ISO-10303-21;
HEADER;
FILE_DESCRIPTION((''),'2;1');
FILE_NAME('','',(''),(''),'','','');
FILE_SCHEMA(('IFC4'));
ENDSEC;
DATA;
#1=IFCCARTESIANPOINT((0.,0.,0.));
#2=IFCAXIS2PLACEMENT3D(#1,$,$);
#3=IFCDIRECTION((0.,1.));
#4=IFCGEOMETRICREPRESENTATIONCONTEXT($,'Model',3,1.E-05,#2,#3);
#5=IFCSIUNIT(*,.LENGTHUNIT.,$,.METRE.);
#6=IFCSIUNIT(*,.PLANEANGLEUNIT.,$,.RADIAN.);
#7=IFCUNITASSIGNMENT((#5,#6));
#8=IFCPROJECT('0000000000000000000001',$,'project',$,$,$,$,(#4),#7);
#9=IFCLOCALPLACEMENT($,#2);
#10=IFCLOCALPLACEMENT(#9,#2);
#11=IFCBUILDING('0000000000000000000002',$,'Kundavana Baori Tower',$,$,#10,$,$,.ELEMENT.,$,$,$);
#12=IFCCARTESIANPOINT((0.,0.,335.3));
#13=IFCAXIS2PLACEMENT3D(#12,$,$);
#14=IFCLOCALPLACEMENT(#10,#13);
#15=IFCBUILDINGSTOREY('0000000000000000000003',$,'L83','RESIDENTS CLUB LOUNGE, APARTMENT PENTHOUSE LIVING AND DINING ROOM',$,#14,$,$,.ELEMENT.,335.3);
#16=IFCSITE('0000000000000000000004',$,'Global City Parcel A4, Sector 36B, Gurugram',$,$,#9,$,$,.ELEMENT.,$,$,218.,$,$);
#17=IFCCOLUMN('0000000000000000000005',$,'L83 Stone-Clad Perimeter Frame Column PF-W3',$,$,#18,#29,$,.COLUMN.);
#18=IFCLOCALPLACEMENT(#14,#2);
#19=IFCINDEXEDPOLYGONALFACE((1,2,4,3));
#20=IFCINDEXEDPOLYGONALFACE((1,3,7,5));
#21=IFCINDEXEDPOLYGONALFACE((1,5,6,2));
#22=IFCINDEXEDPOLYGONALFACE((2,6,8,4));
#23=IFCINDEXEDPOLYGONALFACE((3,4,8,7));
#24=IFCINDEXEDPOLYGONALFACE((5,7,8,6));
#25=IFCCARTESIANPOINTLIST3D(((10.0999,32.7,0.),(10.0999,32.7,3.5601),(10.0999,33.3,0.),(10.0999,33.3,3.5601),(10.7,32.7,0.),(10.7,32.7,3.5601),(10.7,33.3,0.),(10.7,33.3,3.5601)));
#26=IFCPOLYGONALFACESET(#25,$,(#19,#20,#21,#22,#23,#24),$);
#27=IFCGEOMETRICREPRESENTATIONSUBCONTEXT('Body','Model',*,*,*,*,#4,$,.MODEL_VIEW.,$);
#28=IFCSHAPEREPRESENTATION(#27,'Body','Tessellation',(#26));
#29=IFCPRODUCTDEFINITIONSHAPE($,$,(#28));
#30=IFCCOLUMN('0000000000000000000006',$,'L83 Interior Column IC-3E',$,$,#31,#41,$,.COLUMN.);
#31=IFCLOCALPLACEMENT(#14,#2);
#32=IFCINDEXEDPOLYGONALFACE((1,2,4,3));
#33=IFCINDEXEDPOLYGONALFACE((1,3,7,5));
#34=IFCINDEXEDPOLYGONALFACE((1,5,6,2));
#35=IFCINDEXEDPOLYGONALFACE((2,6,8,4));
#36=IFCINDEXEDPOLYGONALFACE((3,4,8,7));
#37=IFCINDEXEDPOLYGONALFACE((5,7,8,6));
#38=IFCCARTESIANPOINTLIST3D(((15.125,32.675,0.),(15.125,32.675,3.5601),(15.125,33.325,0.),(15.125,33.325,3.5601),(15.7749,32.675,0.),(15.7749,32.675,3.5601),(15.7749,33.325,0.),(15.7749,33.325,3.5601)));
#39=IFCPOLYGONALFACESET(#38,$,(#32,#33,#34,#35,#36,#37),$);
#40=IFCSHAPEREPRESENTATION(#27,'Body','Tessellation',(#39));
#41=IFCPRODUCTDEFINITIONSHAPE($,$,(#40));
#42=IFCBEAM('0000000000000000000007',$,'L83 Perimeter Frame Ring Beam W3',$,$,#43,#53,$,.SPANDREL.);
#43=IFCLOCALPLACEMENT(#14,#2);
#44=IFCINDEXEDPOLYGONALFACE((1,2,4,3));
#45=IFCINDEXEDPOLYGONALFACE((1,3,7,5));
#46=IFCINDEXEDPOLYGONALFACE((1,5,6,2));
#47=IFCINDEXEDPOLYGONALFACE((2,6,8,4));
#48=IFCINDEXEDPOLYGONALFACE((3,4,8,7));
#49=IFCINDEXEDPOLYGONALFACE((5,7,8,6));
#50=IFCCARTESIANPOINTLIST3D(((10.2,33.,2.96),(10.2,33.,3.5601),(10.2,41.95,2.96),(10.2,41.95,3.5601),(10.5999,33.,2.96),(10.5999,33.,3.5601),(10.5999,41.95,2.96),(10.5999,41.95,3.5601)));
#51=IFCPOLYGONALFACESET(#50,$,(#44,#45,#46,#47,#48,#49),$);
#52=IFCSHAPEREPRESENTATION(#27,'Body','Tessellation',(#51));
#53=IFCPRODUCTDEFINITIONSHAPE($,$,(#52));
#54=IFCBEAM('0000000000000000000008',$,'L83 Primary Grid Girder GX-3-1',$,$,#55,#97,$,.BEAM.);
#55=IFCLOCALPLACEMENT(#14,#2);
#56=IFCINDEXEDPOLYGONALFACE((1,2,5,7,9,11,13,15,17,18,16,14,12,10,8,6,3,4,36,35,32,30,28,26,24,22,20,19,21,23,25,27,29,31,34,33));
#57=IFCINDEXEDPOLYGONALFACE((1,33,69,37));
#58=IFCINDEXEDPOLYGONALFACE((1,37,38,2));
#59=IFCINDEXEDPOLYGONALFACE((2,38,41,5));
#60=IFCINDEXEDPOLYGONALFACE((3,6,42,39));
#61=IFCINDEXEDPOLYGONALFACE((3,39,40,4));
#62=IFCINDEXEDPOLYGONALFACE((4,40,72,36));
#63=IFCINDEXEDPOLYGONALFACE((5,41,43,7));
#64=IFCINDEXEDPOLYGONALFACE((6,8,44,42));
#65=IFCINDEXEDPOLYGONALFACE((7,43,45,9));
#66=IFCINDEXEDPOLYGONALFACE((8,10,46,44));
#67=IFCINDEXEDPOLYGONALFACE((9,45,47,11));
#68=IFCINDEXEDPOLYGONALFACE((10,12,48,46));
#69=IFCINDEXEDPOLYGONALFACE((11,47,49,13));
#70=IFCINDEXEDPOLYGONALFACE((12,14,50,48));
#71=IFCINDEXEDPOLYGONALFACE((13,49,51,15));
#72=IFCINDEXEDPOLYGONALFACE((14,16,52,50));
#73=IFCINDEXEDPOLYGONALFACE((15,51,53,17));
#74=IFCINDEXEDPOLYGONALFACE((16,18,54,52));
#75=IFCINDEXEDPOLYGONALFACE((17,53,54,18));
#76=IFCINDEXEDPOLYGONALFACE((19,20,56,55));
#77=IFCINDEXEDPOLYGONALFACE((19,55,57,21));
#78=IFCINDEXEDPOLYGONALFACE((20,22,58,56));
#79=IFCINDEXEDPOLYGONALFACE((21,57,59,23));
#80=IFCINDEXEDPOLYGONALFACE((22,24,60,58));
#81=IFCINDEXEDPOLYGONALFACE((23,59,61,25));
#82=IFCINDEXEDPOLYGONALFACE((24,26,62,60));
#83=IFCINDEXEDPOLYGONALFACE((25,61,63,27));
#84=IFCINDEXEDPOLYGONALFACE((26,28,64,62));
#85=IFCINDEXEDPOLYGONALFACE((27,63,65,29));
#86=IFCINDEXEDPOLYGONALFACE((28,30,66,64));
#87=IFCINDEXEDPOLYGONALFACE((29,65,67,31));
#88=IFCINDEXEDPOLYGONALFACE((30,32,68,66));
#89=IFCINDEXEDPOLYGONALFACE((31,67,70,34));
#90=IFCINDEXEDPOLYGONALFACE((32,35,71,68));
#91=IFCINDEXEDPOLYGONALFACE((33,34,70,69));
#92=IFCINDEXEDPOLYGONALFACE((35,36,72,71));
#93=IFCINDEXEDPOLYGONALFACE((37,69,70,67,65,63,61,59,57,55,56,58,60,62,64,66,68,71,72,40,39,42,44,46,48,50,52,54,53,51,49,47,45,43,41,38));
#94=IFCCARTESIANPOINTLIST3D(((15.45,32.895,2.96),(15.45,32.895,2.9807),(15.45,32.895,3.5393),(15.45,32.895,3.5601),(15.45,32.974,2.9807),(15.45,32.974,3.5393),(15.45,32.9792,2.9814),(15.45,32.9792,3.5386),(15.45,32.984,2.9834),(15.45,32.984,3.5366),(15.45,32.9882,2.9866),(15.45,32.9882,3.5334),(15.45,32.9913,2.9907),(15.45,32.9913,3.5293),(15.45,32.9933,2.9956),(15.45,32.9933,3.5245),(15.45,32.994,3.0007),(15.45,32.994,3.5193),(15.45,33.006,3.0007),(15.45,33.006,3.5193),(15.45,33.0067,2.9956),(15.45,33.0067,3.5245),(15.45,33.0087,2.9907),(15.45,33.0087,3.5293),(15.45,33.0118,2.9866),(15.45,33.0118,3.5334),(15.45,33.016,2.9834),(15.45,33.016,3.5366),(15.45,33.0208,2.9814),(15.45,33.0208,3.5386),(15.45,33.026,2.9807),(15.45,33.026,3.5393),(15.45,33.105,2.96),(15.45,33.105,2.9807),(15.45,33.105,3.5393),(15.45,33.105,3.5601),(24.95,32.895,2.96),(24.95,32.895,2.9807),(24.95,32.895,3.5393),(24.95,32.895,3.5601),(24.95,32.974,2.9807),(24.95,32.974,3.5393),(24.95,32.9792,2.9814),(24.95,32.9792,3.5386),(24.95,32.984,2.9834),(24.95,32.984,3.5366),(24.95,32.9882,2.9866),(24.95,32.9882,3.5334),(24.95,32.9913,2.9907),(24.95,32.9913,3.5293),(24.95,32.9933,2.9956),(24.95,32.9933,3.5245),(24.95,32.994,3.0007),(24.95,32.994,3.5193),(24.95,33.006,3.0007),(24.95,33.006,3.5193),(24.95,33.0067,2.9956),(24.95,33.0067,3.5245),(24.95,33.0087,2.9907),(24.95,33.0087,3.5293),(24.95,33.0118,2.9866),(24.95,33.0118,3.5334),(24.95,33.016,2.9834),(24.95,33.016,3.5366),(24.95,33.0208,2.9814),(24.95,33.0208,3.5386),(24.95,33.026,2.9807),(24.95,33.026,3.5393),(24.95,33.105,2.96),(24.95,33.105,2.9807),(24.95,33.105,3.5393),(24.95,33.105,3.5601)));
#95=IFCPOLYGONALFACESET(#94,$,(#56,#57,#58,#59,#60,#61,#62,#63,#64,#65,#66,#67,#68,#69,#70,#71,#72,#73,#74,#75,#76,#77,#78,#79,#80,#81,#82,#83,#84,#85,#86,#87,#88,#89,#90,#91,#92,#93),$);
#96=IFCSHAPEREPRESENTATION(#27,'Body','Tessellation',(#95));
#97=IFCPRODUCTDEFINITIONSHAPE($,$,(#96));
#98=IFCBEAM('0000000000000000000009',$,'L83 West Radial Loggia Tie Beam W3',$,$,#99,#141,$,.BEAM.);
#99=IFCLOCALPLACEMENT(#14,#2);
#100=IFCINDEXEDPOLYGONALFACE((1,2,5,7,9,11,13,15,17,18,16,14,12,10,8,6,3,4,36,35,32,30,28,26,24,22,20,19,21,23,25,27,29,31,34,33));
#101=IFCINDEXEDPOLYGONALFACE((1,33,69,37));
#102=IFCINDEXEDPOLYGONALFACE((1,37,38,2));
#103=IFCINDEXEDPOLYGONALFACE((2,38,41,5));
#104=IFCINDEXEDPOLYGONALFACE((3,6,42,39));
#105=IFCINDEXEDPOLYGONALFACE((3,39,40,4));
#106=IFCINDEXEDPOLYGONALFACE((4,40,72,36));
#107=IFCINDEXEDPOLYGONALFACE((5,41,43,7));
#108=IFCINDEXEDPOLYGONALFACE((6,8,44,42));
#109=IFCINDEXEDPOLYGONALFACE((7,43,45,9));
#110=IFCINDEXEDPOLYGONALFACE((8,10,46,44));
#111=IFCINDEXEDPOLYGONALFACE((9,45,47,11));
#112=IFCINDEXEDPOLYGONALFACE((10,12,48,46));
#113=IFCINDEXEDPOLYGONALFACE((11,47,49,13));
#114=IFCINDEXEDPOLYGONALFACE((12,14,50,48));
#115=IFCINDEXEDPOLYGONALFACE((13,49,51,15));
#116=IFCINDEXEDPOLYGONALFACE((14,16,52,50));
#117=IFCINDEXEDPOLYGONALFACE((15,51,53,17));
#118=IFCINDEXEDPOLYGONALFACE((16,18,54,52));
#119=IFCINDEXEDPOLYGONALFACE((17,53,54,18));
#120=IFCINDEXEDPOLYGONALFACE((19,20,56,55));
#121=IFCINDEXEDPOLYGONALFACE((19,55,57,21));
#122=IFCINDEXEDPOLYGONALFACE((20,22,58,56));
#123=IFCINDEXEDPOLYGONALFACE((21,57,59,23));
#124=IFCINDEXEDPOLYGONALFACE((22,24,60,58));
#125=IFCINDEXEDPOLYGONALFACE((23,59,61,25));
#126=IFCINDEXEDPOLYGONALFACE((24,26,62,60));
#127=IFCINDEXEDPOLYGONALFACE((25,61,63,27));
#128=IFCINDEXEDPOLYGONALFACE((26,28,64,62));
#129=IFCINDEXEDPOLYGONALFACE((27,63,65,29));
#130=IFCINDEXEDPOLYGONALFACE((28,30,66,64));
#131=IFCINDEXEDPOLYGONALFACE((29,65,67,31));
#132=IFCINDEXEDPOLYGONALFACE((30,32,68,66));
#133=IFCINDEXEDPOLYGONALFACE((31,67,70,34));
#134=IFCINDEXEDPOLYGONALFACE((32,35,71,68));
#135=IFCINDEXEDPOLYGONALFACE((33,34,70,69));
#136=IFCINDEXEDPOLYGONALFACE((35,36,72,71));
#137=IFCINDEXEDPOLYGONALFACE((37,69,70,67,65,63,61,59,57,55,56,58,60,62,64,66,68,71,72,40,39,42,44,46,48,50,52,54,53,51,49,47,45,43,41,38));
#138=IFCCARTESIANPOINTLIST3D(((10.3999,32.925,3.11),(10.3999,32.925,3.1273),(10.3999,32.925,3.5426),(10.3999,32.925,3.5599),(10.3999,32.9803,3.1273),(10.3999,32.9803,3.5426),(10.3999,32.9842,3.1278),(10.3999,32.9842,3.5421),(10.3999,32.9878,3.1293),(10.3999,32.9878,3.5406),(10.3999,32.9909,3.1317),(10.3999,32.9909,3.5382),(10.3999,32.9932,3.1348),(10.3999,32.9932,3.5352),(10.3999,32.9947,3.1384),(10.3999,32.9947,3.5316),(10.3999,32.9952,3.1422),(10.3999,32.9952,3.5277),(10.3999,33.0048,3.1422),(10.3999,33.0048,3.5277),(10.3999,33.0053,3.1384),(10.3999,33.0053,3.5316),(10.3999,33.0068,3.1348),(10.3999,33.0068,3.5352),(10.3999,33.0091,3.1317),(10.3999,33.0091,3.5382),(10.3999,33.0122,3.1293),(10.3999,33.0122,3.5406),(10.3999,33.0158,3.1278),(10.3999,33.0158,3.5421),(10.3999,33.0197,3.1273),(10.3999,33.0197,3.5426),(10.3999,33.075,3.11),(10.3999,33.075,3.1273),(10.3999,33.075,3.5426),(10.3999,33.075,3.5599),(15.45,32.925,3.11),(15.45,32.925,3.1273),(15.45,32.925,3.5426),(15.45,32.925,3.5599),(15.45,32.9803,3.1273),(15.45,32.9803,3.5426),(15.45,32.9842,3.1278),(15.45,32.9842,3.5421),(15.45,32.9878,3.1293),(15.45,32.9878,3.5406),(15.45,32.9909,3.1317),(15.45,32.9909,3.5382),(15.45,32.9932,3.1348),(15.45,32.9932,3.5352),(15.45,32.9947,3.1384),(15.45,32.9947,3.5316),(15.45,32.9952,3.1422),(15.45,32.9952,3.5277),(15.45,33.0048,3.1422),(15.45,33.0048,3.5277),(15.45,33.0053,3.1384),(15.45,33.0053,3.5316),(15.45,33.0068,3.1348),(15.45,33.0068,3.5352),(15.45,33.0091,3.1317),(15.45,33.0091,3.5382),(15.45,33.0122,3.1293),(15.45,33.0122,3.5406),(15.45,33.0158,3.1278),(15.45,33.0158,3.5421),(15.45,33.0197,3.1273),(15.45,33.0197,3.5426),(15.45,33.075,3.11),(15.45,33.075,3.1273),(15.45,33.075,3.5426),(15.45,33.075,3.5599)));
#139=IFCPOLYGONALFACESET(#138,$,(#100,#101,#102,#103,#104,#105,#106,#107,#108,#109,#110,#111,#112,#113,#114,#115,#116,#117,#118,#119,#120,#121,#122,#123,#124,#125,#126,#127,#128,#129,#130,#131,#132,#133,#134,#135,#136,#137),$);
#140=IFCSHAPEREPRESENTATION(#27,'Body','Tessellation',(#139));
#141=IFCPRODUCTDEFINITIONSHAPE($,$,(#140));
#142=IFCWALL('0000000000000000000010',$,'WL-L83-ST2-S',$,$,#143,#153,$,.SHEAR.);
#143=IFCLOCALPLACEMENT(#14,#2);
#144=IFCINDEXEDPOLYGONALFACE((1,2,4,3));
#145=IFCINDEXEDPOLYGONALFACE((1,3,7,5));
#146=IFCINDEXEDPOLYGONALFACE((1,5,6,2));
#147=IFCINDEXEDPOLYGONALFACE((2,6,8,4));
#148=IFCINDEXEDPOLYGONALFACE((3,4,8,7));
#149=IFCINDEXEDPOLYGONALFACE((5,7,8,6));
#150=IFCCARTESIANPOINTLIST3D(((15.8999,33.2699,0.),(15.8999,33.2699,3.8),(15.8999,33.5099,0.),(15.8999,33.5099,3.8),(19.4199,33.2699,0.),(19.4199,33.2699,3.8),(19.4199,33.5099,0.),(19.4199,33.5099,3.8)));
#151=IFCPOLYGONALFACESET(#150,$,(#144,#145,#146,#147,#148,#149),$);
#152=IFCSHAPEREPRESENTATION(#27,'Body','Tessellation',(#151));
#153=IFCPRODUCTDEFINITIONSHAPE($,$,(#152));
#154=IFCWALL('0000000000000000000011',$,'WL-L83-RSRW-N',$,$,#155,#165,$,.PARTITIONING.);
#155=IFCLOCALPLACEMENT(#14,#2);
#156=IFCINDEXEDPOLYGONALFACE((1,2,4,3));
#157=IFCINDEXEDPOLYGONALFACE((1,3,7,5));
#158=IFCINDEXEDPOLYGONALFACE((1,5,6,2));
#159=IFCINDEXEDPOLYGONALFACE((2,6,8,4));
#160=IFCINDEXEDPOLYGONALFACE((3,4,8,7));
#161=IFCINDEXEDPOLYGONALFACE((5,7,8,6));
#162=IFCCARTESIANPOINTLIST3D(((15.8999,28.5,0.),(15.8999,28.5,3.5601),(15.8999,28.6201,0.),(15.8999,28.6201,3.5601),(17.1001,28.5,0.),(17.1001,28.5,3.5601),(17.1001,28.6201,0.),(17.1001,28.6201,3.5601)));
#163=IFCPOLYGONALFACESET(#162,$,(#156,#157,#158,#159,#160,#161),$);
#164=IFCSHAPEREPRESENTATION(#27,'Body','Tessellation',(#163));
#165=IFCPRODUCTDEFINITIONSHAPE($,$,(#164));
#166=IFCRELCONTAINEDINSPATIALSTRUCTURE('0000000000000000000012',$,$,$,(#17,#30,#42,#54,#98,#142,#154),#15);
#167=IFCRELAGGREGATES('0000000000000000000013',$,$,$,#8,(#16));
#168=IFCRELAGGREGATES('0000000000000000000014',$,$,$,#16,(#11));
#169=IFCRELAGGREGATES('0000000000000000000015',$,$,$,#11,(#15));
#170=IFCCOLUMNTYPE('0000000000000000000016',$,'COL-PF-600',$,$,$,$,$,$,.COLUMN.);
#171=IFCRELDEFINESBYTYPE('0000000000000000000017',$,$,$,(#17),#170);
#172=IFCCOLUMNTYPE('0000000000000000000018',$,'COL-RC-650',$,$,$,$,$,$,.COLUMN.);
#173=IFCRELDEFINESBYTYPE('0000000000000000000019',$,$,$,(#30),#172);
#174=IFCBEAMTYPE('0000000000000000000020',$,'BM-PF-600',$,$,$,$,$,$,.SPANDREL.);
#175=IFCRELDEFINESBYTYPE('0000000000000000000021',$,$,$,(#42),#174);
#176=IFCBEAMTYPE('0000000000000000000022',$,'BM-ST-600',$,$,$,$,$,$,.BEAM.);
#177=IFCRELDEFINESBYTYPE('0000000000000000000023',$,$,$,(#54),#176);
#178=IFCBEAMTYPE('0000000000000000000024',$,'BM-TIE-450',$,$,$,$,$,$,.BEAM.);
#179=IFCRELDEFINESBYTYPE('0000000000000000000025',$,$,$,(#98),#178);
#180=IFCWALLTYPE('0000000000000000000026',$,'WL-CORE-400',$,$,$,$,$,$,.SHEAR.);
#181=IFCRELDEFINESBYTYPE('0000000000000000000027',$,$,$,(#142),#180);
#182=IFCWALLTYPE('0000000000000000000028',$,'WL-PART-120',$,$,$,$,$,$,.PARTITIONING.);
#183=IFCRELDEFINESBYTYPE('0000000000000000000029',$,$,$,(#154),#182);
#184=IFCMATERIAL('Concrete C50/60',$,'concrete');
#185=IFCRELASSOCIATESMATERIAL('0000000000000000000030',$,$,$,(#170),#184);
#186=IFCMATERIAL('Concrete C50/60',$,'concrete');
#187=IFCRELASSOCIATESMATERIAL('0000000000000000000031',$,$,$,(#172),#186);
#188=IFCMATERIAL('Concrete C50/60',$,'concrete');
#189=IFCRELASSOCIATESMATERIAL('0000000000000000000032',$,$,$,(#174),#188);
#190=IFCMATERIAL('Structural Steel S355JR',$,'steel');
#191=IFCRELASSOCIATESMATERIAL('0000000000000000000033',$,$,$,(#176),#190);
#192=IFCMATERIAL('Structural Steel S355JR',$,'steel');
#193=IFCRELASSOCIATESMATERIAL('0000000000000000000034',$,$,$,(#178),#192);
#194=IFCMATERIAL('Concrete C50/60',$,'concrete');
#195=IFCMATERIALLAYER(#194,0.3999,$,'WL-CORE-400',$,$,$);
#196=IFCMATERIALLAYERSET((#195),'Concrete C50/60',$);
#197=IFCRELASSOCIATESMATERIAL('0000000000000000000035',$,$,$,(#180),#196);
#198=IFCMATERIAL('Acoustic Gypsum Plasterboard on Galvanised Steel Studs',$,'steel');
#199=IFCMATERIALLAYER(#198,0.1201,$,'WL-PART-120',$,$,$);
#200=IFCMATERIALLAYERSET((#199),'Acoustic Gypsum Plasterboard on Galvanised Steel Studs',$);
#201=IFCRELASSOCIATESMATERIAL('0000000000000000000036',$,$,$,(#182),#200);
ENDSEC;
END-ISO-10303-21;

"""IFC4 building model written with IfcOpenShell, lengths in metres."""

from ifc_helpers import new_model, si_unit, direction, frame, frame_2d, origin, origin_2d, place, context, subcontext, project, spatial, rectangle, i_section, extrude, material, layer, layer_set, material_profile, profile_set, type_object, element, save


model = new_model("IFC4")

# Units and contexts
model_context = context("Model", 3, precision=1e-05, world=origin(), true_north=direction((0.0, 1.0)))
body_context = subcontext(model_context, "Body", "Model", "MODEL_VIEW")
ifc_project = project(units=[si_unit("LENGTHUNIT", "METRE"), si_unit("PLANEANGLEUNIT", "RADIAN")], contexts=[model_context])

# Site, building, storey
site_placement = place(None, origin())
site = spatial("IfcSite", under=ifc_project, at=site_placement, Name="Global City Parcel A4, Sector 36B, Gurugram", CompositionType="ELEMENT", RefElevation=218.0)
building_placement = place(site_placement, origin())
building = spatial("IfcBuilding", under=site, at=building_placement, Name="Kundavana Baori Tower", CompositionType="ELEMENT")
storey_placement = place(building_placement, frame((0.0, 0.0, 335.3)))
storey = spatial("IfcBuildingStorey", under=building, at=storey_placement, Name="L83", Description="RESIDENTS CLUB LOUNGE, APARTMENT PENTHOUSE LIVING AND DINING ROOM", CompositionType="ELEMENT", Elevation=335.3)

# Columns
ifc_material_1 = material(Name="Concrete C50/60", Category="concrete")
ifc_material_profile_1 = material_profile(ifc_material_1, rectangle(XDim=0.6001, YDim=0.6001, at=origin_2d()), Name="RC PF 600x600")
ifc_profile_set_1 = profile_set([ifc_material_profile_1], Name="Concrete C50/60")
column_type_1 = type_object("IfcColumnType", Name="COL-PF-600", PredefinedType="COLUMN", material=ifc_profile_set_1)
column_1_placement = place(storey_placement, frame((10.3999, 33.0, 0.0), z_axis=(0.0, 0.0, 1.0), x_axis=(1.0, 0.0, 0.0)))
element("IfcColumn", 1, at=column_1_placement, inside=storey, type_object=column_type_1, Name="L83 Stone-Clad Perimeter Frame Column PF-W3", PredefinedType="COLUMN", context=body_context, shape_type="SweptSolid", body=[
    extrude(rectangle(XDim=0.6001, YDim=0.6001, at=origin_2d()), origin(), (0.0, 0.0, 1.0), 3.5601),
])
ifc_material_2 = material(Name="Concrete C50/60", Category="concrete")
ifc_material_profile_2 = material_profile(ifc_material_2, rectangle(XDim=0.6499, YDim=0.6499, at=origin_2d()), Name="RC 650x650")
ifc_profile_set_2 = profile_set([ifc_material_profile_2], Name="Concrete C50/60")
column_type_2 = type_object("IfcColumnType", Name="COL-RC-650", PredefinedType="COLUMN", material=ifc_profile_set_2)
column_2_placement = place(storey_placement, frame((15.45, 33.0, 0.0), z_axis=(0.0, 0.0, 1.0), x_axis=(1.0, 0.0, 0.0)))
element("IfcColumn", 2, at=column_2_placement, inside=storey, type_object=column_type_2, Name="L83 Interior Column IC-3E", PredefinedType="COLUMN", context=body_context, shape_type="SweptSolid", body=[
    extrude(rectangle(XDim=0.6499, YDim=0.6499, at=origin_2d()), origin(), (0.0, 0.0, 1.0), 3.5601),
])

# Beams
ifc_material_3 = material(Name="Concrete C50/60", Category="concrete")
ifc_material_profile_3 = material_profile(ifc_material_3, rectangle(XDim=0.3999, YDim=0.6001, at=origin_2d()), Name="RC BM 400x600")
ifc_profile_set_3 = profile_set([ifc_material_profile_3], Name="Concrete C50/60")
beam_type_1 = type_object("IfcBeamType", Name="BM-PF-600", PredefinedType="SPANDREL", material=ifc_profile_set_3)
beam_1_placement = place(storey_placement, frame((10.3999, 33.0, 3.26), z_axis=(0.0, 1.0, 0.0), x_axis=(-1.0, 0.0, 0.0)))
element("IfcBeam", 3, at=beam_1_placement, inside=storey, type_object=beam_type_1, Name="L83 Perimeter Frame Ring Beam W3", PredefinedType="SPANDREL", context=body_context, shape_type="SweptSolid", body=[
    extrude(rectangle(XDim=0.3999, YDim=0.6001, at=origin_2d()), origin(), (0.0, 0.0, 1.0), 8.95),
])
ifc_material_4 = material(Name="Structural Steel S355JR", Category="steel")
ifc_material_profile_4 = material_profile(ifc_material_4, i_section(OverallWidth=0.21, OverallDepth=0.6001, WebThickness=0.012, FlangeThickness=0.0208, FilletRadius=0.02, at=origin_2d()), Name="ISMB 600")
ifc_profile_set_4 = profile_set([ifc_material_profile_4], Name="Structural Steel S355JR")
beam_type_2 = type_object("IfcBeamType", Name="BM-ST-600", PredefinedType="BEAM", material=ifc_profile_set_4)
beam_2_placement = place(storey_placement, frame((15.45, 33.0, 3.26), z_axis=(1.0, 0.0, 0.0), x_axis=(0.0, 1.0, 0.0)))
element("IfcBeam", 4, at=beam_2_placement, inside=storey, type_object=beam_type_2, Name="L83 Primary Grid Girder GX-3-1", PredefinedType="BEAM", context=body_context, shape_type="SweptSolid", body=[
    extrude(i_section(OverallWidth=0.21, OverallDepth=0.6001, WebThickness=0.012, FlangeThickness=0.0208, FilletRadius=0.02, at=origin_2d()), origin(), (0.0, 0.0, 1.0), 9.5),
])
ifc_material_5 = material(Name="Structural Steel S355JR", Category="steel")
ifc_material_profile_5 = material_profile(ifc_material_5, i_section(OverallWidth=0.1499, OverallDepth=0.45, WebThickness=0.0095, FlangeThickness=0.0173, FilletRadius=0.0149, at=origin_2d()), Name="ISMB 450")
ifc_profile_set_5 = profile_set([ifc_material_profile_5], Name="Structural Steel S355JR")
beam_type_3 = type_object("IfcBeamType", Name="BM-TIE-450", PredefinedType="BEAM", material=ifc_profile_set_5)
beam_3_placement = place(storey_placement, frame((15.45, 33.0, 3.335), z_axis=(-1.0, 0.0, 0.0), x_axis=(0.0, -1.0, 0.0)))
element("IfcBeam", 5, at=beam_3_placement, inside=storey, type_object=beam_type_3, Name="L83 West Radial Loggia Tie Beam W3", PredefinedType="BEAM", context=body_context, shape_type="SweptSolid", body=[
    extrude(i_section(OverallWidth=0.1499, OverallDepth=0.45, WebThickness=0.0095, FlangeThickness=0.0173, FilletRadius=0.0149, at=origin_2d()), origin(), (0.0, 0.0, 1.0), 5.05),
])

# Walls
ifc_material_6 = material(Name="Concrete C50/60", Category="concrete")
ifc_layer_1 = layer(ifc_material_6, 0.3999, Name="WL-CORE-400")
ifc_layer_set_1 = layer_set([ifc_layer_1], Name="Concrete C50/60")
wall_type_1 = type_object("IfcWallType", Name="WL-CORE-400", PredefinedType="SHEAR", material=ifc_layer_set_1)
wall_1_placement = place(storey_placement, frame((15.8999, 33.3899, 0.0), z_axis=(0.0, 0.0, 1.0), x_axis=(1.0, 0.0, 0.0)))
element("IfcWall", 6, at=wall_1_placement, inside=storey, type_object=wall_type_1, Name="WL-L83-ST2-S", PredefinedType="SHEAR", context=body_context, shape_type="SweptSolid", body=[
    extrude(rectangle(XDim=3.52, YDim=0.24, at=frame_2d((1.76, 0.0))), origin(), (0.0, 0.0, 1.0), 3.8),
])
ifc_material_7 = material(Name="Acoustic Gypsum Plasterboard on Galvanised Steel Studs", Category="steel")
ifc_layer_2 = layer(ifc_material_7, 0.1201, Name="WL-PART-120")
ifc_layer_set_2 = layer_set([ifc_layer_2], Name="Acoustic Gypsum Plasterboard on Galvanised Steel Studs")
wall_type_2 = type_object("IfcWallType", Name="WL-PART-120", PredefinedType="PARTITIONING", material=ifc_layer_set_2)
wall_2_placement = place(storey_placement, frame((15.8999, 28.5601, 0.0), z_axis=(0.0, 0.0, 1.0), x_axis=(1.0, 0.0, 0.0)))
element("IfcWall", 7, at=wall_2_placement, inside=storey, type_object=wall_type_2, Name="WL-L83-RSRW-N", PredefinedType="PARTITIONING", context=body_context, shape_type="SweptSolid", body=[
    extrude(rectangle(XDim=1.2002, YDim=0.1201, at=frame_2d((0.6001, 0.0))), origin(), (0.0, 0.0, 1.0), 3.5601),
])

save(model, "model.ifc")
